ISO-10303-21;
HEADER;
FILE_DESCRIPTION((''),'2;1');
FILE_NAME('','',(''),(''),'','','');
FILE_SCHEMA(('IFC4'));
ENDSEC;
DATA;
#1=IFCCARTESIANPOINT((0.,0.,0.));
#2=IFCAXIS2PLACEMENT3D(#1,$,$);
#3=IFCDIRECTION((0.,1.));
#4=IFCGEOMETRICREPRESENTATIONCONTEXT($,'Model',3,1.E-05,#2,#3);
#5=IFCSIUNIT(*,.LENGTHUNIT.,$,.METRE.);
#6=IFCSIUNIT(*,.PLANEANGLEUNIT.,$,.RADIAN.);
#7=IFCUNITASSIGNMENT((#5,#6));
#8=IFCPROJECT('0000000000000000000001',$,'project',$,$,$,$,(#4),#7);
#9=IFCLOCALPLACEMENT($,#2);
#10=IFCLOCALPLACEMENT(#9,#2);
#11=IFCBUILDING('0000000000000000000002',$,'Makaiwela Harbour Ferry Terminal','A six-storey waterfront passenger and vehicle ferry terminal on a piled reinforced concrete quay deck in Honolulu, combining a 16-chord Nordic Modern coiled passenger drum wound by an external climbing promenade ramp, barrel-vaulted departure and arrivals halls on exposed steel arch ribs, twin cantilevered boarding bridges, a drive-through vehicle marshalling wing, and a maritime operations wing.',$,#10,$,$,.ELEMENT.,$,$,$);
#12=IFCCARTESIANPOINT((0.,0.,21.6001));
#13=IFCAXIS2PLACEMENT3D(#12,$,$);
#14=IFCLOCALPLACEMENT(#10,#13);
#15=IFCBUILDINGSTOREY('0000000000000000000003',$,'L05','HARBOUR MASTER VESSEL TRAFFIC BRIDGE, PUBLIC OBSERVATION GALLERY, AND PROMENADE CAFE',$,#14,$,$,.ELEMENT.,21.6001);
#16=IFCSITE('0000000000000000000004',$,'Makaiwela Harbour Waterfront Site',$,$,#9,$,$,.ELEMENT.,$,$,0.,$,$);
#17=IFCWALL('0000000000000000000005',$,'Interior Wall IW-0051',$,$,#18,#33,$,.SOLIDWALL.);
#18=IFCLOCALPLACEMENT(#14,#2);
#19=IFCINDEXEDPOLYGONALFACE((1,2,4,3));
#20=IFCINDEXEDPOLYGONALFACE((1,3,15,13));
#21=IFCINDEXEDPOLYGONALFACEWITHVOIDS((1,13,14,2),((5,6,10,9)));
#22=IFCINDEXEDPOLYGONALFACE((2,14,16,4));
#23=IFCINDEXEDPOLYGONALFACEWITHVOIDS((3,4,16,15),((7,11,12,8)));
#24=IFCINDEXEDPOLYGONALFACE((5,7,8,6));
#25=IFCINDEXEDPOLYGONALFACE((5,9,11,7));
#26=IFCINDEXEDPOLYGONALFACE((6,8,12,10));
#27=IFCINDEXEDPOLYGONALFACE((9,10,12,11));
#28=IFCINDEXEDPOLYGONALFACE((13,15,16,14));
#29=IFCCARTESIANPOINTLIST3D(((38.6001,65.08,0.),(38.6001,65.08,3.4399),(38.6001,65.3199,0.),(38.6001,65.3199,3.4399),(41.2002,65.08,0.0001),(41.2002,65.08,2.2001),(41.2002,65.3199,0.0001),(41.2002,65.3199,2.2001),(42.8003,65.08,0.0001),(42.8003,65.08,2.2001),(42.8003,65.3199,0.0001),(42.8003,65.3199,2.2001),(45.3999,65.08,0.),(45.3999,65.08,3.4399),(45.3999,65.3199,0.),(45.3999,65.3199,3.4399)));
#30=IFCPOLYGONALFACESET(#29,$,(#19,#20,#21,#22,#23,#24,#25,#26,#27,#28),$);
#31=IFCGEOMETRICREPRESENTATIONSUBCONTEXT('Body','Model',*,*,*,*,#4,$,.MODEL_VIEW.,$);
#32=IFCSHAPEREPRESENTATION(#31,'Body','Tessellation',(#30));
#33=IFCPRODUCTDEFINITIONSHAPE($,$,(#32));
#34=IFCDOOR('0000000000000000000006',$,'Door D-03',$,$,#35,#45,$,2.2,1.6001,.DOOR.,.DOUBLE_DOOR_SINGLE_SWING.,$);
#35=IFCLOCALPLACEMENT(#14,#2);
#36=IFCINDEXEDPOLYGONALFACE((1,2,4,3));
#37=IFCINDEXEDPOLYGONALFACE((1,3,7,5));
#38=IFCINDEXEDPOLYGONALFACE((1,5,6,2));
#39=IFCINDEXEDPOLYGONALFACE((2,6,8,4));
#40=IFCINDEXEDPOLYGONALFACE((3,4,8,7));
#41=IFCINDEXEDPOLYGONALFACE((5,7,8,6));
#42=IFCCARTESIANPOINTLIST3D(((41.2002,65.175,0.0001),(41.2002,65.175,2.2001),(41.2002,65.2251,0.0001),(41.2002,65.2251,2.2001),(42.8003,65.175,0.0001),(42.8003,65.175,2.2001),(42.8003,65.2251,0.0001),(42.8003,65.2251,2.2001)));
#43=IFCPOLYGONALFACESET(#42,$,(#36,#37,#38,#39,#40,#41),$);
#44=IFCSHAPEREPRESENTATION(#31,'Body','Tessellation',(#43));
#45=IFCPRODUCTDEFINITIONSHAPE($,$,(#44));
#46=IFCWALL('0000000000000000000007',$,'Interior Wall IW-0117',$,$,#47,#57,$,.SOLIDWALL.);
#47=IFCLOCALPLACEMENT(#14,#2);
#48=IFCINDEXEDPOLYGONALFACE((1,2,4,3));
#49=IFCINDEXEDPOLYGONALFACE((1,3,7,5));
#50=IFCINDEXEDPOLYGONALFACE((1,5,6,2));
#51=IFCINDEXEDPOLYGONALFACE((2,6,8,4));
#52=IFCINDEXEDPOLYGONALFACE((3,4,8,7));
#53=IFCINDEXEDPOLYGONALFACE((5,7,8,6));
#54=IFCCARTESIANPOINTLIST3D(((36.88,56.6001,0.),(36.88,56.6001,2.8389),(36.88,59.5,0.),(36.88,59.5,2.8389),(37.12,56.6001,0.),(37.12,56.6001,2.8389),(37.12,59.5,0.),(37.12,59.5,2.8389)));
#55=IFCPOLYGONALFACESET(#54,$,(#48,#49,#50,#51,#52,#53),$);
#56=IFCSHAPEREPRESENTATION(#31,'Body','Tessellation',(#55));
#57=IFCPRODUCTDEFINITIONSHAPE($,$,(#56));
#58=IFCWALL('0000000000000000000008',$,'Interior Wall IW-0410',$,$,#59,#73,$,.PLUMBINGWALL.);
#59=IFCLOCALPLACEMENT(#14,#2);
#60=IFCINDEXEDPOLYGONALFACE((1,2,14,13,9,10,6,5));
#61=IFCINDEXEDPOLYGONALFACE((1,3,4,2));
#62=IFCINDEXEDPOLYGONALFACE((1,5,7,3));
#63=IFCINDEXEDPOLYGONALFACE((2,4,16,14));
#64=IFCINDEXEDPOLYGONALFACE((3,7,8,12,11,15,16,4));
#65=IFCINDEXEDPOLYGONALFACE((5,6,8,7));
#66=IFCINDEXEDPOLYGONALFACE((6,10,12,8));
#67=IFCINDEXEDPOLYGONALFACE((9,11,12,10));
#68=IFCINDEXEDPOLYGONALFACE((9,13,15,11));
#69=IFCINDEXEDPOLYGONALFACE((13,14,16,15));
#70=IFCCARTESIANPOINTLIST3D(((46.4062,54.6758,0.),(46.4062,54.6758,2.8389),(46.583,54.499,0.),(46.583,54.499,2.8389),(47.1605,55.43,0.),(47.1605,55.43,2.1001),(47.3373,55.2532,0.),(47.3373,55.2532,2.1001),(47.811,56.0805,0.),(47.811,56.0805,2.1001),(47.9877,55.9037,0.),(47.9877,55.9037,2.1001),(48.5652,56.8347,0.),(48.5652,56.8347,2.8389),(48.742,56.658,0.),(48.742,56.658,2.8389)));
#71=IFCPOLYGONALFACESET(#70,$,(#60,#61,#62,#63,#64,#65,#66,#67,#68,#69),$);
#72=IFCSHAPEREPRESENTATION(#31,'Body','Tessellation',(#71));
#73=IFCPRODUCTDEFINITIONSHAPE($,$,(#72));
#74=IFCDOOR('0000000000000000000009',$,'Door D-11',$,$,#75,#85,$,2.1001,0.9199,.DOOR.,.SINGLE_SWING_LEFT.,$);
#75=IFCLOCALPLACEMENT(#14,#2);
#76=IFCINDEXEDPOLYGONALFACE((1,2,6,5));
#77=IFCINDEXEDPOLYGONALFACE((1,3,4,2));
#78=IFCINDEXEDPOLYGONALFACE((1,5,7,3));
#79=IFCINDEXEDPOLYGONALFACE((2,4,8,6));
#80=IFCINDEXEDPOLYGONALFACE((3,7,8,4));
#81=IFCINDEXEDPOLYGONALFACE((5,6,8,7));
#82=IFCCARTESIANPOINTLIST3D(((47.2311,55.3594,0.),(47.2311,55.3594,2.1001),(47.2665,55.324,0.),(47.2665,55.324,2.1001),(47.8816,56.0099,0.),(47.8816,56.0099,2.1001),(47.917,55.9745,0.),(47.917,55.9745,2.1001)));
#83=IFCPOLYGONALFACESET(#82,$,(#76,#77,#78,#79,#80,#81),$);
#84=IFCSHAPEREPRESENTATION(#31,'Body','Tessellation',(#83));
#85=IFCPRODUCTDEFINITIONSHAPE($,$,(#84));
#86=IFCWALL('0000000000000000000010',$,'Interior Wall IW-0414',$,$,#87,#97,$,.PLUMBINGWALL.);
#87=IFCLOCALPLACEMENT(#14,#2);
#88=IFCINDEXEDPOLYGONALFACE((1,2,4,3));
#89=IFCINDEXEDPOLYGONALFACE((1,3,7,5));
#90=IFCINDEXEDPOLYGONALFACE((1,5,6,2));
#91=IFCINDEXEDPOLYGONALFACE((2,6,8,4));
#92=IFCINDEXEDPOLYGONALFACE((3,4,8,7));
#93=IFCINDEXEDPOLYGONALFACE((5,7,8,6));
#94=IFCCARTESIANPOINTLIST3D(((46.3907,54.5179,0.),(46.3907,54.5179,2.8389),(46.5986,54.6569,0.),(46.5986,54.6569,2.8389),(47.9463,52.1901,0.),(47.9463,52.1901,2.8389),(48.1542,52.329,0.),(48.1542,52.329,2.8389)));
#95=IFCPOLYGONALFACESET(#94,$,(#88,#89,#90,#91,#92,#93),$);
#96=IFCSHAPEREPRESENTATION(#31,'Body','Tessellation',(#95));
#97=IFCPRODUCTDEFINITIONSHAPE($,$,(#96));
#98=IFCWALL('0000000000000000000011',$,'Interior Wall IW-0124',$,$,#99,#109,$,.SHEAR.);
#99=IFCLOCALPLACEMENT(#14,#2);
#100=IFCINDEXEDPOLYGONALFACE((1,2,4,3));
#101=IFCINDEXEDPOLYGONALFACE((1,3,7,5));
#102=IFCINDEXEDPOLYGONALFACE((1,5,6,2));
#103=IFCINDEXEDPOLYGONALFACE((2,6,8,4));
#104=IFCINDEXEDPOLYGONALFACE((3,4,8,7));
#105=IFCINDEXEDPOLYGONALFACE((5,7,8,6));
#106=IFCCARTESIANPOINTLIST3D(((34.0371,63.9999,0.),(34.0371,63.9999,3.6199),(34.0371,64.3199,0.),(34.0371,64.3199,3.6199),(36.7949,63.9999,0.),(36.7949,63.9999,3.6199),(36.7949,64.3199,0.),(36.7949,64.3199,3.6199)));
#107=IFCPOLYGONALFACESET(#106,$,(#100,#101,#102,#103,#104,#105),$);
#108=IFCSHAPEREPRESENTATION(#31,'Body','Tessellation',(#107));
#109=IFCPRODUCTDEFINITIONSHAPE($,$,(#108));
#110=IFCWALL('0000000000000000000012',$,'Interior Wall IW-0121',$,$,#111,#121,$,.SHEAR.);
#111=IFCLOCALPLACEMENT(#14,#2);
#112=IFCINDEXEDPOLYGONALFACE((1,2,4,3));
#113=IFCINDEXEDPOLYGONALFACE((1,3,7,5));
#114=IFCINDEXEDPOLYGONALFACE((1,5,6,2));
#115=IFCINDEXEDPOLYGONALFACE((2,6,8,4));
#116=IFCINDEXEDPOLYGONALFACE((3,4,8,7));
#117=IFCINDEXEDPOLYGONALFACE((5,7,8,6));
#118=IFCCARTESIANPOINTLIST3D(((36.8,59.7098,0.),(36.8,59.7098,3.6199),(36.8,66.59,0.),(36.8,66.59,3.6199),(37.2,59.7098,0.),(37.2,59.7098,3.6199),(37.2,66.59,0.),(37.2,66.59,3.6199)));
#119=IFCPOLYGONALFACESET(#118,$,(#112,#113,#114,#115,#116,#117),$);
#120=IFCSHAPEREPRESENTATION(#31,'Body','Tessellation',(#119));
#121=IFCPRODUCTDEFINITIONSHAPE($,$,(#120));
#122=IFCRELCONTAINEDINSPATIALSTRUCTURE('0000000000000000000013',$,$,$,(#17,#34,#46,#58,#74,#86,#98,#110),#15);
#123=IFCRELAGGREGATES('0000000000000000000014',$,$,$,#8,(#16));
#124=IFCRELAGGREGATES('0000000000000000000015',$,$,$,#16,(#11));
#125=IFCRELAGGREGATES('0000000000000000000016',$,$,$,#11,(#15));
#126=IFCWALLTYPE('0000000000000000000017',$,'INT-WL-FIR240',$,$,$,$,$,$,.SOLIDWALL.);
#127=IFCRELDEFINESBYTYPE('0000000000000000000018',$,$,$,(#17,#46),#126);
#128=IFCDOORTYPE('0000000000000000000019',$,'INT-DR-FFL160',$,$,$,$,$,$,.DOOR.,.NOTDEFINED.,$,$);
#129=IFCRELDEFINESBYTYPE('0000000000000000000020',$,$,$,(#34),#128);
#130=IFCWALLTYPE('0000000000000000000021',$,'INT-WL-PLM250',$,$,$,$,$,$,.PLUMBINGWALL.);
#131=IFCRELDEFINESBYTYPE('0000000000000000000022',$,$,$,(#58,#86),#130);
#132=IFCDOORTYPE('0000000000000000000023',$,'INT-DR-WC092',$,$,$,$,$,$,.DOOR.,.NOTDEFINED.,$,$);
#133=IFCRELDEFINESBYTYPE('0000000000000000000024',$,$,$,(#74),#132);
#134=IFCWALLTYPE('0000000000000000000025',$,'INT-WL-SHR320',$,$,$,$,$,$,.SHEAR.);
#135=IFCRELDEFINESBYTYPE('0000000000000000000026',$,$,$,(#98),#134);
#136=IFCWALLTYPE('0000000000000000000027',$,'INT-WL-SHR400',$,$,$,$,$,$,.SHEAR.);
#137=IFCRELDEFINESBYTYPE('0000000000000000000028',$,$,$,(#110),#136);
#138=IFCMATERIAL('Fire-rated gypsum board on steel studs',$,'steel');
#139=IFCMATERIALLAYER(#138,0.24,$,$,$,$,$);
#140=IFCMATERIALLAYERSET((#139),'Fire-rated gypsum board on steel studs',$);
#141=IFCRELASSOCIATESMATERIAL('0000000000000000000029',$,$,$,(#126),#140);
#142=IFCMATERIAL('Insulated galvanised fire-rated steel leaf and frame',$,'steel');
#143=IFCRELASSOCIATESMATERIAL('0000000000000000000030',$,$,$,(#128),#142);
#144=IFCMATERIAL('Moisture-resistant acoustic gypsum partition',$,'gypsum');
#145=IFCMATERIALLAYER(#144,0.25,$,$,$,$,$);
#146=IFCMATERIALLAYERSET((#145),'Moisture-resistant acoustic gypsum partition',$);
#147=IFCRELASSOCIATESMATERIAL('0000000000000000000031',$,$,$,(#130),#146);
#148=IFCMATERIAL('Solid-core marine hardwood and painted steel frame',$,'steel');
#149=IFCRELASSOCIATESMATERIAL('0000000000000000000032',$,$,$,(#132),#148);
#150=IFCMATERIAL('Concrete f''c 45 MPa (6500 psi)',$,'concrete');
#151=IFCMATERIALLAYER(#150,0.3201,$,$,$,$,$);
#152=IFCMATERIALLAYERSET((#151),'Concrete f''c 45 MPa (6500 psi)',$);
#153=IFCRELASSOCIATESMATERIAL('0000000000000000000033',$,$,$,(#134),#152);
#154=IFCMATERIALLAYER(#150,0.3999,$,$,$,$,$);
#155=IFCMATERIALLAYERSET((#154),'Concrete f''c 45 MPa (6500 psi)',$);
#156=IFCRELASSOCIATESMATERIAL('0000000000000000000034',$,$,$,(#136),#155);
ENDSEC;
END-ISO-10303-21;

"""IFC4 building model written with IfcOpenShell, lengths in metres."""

from ifc_helpers import new_model, si_unit, direction, frame, frame_2d, origin, place, context, subcontext, project, spatial, rectangle, extrude, material, layer, layer_set, type_object, element, fill, save


model = new_model("IFC4")

# Units and contexts
model_context = context("Model", 3, precision=1e-05, world=origin(), true_north=direction((0.0, 1.0)))
body_context = subcontext(model_context, "Body", "Model", "MODEL_VIEW")
ifc_project = project(units=[si_unit("LENGTHUNIT", "METRE"), si_unit("PLANEANGLEUNIT", "RADIAN")], contexts=[model_context])

# Site, building, storey
site_placement = place(None, origin())
site = spatial("IfcSite", under=ifc_project, at=site_placement, Name="Makaiwela Harbour Waterfront Site", CompositionType="ELEMENT", RefElevation=0.0)
building_placement = place(site_placement, origin())
building = spatial("IfcBuilding", under=site, at=building_placement, Name="Makaiwela Harbour Ferry Terminal", Description="A six-storey waterfront passenger and vehicle ferry terminal on a piled reinforced concrete quay deck in Honolulu, combining a 16-chord Nordic Modern coiled passenger drum wound by an external climbing promenade ramp, barrel-vaulted departure and arrivals halls on exposed steel arch ribs, twin cantilevered boarding bridges, a drive-through vehicle marshalling wing, and a maritime operations wing.", CompositionType="ELEMENT")
storey_placement = place(building_placement, frame((0.0, 0.0, 21.6001)))
storey = spatial("IfcBuildingStorey", under=building, at=storey_placement, Name="L05", Description="HARBOUR MASTER VESSEL TRAFFIC BRIDGE, PUBLIC OBSERVATION GALLERY, AND PROMENADE CAFE", CompositionType="ELEMENT", Elevation=21.6001)

# Shared definitions
ifc_material_1 = material(Name="Fire-rated gypsum board on steel studs", Category="steel")
ifc_material_2 = material(Name="Solid-core marine hardwood and painted steel frame", Category="steel")

# Wall, opening, door
ifc_layer_1 = layer(ifc_material_1, 0.24)
ifc_layer_set_1 = layer_set([ifc_layer_1], Name="Fire-rated gypsum board on steel studs")
wall_type_1 = type_object("IfcWallType", Name="INT-WL-FIR240", PredefinedType="SOLIDWALL", material=ifc_layer_set_1)
wall_1_placement = place(storey_placement, frame((38.6001, 65.2, 0.0), z_axis=(0.0, 0.0, 1.0), x_axis=(1.0, 0.0, 0.0)))
wall_1 = element("IfcWall", 1, at=wall_1_placement, inside=storey, type_object=wall_type_1, Name="Interior Wall IW-0051", PredefinedType="SOLIDWALL", context=body_context, shape_type="SweptSolid", body=[
    extrude(rectangle(XDim=6.7998, YDim=0.24, at=frame_2d((3.3999, 0.0))), origin(), (0.0, 0.0, 1.0), 3.4399),
])
opening_1_placement = place(wall_1_placement, frame((2.6001, 0.0, 0.0)))
opening_1 = element("IfcOpeningElement", 2, at=opening_1_placement, cuts=wall_1, PredefinedType="OPENING", context=body_context, shape_type="SweptSolid", body=[
    extrude(rectangle(XDim=1.6001, YDim=2.2, at=frame_2d((0.8, 1.1001))), frame((0.0, 0.1299, 0.0), z_axis=(0.0, -1.0, 0.0), x_axis=(1.0, 0.0, 0.0)), (0.0, 0.0, 1.0), 0.26),
])
ifc_material_3 = material(Name="Insulated galvanised fire-rated steel leaf and frame", Category="steel")
door_type_1 = type_object("IfcDoorType", Name="INT-DR-FFL160", OperationType="NOTDEFINED", PredefinedType="DOOR", material=ifc_material_3)
door_1_placement = place(opening_1_placement, frame((1.6001, 0.0, 0.0), z_axis=(0.0, 0.0, 1.0), x_axis=(-1.0, 0.0, 0.0)))
door_1 = element("IfcDoor", 3, at=door_1_placement, inside=storey, type_object=door_type_1, Name="Door D-03", OperationType="DOUBLE_DOOR_SINGLE_SWING", OverallHeight=2.2, OverallWidth=1.6001, PredefinedType="DOOR", context=body_context, shape_type="SweptSolid", body=[
    extrude(rectangle(XDim=1.6001, YDim=2.2, at=frame_2d((0.8, 1.1001))), frame((0.0, 0.0249, 0.0), z_axis=(0.0, -1.0, 0.0), x_axis=(1.0, 0.0, 0.0)), (0.0, 0.0, 1.0), 0.05),
])
fill(opening_1, door_1)

# Wall
wall_2_placement = place(storey_placement, frame((37.0, 56.6001, 0.0), z_axis=(0.0, 0.0, 1.0), x_axis=(0.0, 1.0, 0.0)))
element("IfcWall", 4, at=wall_2_placement, inside=storey, type_object=wall_type_1, Name="Interior Wall IW-0117", PredefinedType="SOLIDWALL", context=body_context, shape_type="SweptSolid", body=[
    extrude(rectangle(XDim=2.8999, YDim=0.24, at=frame_2d((1.45, 0.0))), origin(), (0.0, 0.0, 1.0), 2.8389),
])

# Wall, opening, door
ifc_material_4 = material(Name="Moisture-resistant acoustic gypsum partition", Category="gypsum")
ifc_layer_2 = layer(ifc_material_4, 0.25)
ifc_layer_set_2 = layer_set([ifc_layer_2], Name="Moisture-resistant acoustic gypsum partition")
wall_type_2 = type_object("IfcWallType", Name="INT-WL-PLM250", PredefinedType="PLUMBINGWALL", material=ifc_layer_set_2)
wall_3_placement = place(storey_placement, frame((46.4946, 54.5874, 0.0), z_axis=(0.0, 0.0, 1.0), x_axis=(0.707107, 0.707107, 0.0)))
wall_3 = element("IfcWall", 5, at=wall_3_placement, inside=storey, type_object=wall_type_2, Name="Interior Wall IW-0410", PredefinedType="PLUMBINGWALL", context=body_context, shape_type="SweptSolid", body=[
    extrude(rectangle(XDim=3.0532, YDim=0.25, at=frame_2d((1.5266, 0.0))), origin(), (0.0, 0.0, 1.0), 2.8389),
])
opening_2_placement = place(wall_3_placement, frame((1.0667, 0.0, 0.0)))
opening_2 = element("IfcOpeningElement", 6, at=opening_2_placement, cuts=wall_3, PredefinedType="OPENING", context=body_context, shape_type="SweptSolid", body=[
    extrude(rectangle(XDim=0.9199, YDim=2.1001, at=frame_2d((0.46, 1.05))), frame((0.0, 0.135, 0.0), z_axis=(0.0, -1.0, 0.0), x_axis=(1.0, 0.0, 0.0)), (0.0, 0.0, 1.0), 0.27),
])
door_type_2 = type_object("IfcDoorType", Name="INT-DR-WC092", OperationType="NOTDEFINED", PredefinedType="DOOR", material=ifc_material_2)
door_2_placement = place(opening_2_placement, frame((0.9199, 0.0, 0.0), z_axis=(0.0, 0.0, 1.0), x_axis=(-1.0, 0.0, 0.0)))
door_2 = element("IfcDoor", 7, at=door_2_placement, inside=storey, type_object=door_type_2, Name="Door D-11", OperationType="SINGLE_SWING_LEFT", OverallHeight=2.1001, OverallWidth=0.9199, PredefinedType="DOOR", context=body_context, shape_type="SweptSolid", body=[
    extrude(rectangle(XDim=0.9199, YDim=2.1001, at=frame_2d((0.46, 1.05))), frame((0.0, 0.0249, 0.0), z_axis=(0.0, -1.0, 0.0), x_axis=(1.0, 0.0, 0.0)), (0.0, 0.0, 1.0), 0.05),
])
fill(opening_2, door_2)

# Walls
wall_4_placement = place(storey_placement, frame((46.4946, 54.5874, 0.0), z_axis=(0.0, 0.0, 1.0), x_axis=(0.555625, -0.831433, 0.0)))
element("IfcWall", 8, at=wall_4_placement, inside=storey, type_object=wall_type_2, Name="Interior Wall IW-0414", PredefinedType="PLUMBINGWALL", context=body_context, shape_type="SweptSolid", body=[
    extrude(rectangle(XDim=2.7998, YDim=0.25, at=frame_2d((1.3999, 0.0))), origin(), (0.0, 0.0, 1.0), 2.8389),
])
ifc_material_5 = material(Name="Concrete f'c 45 MPa (6500 psi)", Category="concrete")
ifc_layer_3 = layer(ifc_material_5, 0.3201)
ifc_layer_set_3 = layer_set([ifc_layer_3], Name="Concrete f'c 45 MPa (6500 psi)")
wall_type_3 = type_object("IfcWallType", Name="INT-WL-SHR320", PredefinedType="SHEAR", material=ifc_layer_set_3)
wall_5_placement = place(storey_placement, frame((34.0371, 64.1599, 0.0), z_axis=(0.0, 0.0, 1.0), x_axis=(1.0, 0.0, 0.0)))
element("IfcWall", 9, at=wall_5_placement, inside=storey, type_object=wall_type_3, Name="Interior Wall IW-0124", PredefinedType="SHEAR", context=body_context, shape_type="SweptSolid", body=[
    extrude(rectangle(XDim=2.7578, YDim=0.3201, at=frame_2d((1.3789, 0.0))), origin(), (0.0, 0.0, 1.0), 3.6199),
])
ifc_layer_4 = layer(ifc_material_5, 0.3999)
ifc_layer_set_4 = layer_set([ifc_layer_4], Name="Concrete f'c 45 MPa (6500 psi)")
wall_type_4 = type_object("IfcWallType", Name="INT-WL-SHR400", PredefinedType="SHEAR", material=ifc_layer_set_4)
wall_6_placement = place(storey_placement, frame((37.0, 59.71, 0.0), z_axis=(0.0, 0.0, 1.0), x_axis=(0.0, 1.0, 0.0)))
element("IfcWall", 10, at=wall_6_placement, inside=storey, type_object=wall_type_4, Name="Interior Wall IW-0121", PredefinedType="SHEAR", context=body_context, shape_type="SweptSolid", body=[
    extrude(rectangle(XDim=6.8801, YDim=0.3999, at=frame_2d((3.4399, 0.0))), origin(), (0.0, 0.0, 1.0), 3.6199),
])

save(model, "model.ifc")
